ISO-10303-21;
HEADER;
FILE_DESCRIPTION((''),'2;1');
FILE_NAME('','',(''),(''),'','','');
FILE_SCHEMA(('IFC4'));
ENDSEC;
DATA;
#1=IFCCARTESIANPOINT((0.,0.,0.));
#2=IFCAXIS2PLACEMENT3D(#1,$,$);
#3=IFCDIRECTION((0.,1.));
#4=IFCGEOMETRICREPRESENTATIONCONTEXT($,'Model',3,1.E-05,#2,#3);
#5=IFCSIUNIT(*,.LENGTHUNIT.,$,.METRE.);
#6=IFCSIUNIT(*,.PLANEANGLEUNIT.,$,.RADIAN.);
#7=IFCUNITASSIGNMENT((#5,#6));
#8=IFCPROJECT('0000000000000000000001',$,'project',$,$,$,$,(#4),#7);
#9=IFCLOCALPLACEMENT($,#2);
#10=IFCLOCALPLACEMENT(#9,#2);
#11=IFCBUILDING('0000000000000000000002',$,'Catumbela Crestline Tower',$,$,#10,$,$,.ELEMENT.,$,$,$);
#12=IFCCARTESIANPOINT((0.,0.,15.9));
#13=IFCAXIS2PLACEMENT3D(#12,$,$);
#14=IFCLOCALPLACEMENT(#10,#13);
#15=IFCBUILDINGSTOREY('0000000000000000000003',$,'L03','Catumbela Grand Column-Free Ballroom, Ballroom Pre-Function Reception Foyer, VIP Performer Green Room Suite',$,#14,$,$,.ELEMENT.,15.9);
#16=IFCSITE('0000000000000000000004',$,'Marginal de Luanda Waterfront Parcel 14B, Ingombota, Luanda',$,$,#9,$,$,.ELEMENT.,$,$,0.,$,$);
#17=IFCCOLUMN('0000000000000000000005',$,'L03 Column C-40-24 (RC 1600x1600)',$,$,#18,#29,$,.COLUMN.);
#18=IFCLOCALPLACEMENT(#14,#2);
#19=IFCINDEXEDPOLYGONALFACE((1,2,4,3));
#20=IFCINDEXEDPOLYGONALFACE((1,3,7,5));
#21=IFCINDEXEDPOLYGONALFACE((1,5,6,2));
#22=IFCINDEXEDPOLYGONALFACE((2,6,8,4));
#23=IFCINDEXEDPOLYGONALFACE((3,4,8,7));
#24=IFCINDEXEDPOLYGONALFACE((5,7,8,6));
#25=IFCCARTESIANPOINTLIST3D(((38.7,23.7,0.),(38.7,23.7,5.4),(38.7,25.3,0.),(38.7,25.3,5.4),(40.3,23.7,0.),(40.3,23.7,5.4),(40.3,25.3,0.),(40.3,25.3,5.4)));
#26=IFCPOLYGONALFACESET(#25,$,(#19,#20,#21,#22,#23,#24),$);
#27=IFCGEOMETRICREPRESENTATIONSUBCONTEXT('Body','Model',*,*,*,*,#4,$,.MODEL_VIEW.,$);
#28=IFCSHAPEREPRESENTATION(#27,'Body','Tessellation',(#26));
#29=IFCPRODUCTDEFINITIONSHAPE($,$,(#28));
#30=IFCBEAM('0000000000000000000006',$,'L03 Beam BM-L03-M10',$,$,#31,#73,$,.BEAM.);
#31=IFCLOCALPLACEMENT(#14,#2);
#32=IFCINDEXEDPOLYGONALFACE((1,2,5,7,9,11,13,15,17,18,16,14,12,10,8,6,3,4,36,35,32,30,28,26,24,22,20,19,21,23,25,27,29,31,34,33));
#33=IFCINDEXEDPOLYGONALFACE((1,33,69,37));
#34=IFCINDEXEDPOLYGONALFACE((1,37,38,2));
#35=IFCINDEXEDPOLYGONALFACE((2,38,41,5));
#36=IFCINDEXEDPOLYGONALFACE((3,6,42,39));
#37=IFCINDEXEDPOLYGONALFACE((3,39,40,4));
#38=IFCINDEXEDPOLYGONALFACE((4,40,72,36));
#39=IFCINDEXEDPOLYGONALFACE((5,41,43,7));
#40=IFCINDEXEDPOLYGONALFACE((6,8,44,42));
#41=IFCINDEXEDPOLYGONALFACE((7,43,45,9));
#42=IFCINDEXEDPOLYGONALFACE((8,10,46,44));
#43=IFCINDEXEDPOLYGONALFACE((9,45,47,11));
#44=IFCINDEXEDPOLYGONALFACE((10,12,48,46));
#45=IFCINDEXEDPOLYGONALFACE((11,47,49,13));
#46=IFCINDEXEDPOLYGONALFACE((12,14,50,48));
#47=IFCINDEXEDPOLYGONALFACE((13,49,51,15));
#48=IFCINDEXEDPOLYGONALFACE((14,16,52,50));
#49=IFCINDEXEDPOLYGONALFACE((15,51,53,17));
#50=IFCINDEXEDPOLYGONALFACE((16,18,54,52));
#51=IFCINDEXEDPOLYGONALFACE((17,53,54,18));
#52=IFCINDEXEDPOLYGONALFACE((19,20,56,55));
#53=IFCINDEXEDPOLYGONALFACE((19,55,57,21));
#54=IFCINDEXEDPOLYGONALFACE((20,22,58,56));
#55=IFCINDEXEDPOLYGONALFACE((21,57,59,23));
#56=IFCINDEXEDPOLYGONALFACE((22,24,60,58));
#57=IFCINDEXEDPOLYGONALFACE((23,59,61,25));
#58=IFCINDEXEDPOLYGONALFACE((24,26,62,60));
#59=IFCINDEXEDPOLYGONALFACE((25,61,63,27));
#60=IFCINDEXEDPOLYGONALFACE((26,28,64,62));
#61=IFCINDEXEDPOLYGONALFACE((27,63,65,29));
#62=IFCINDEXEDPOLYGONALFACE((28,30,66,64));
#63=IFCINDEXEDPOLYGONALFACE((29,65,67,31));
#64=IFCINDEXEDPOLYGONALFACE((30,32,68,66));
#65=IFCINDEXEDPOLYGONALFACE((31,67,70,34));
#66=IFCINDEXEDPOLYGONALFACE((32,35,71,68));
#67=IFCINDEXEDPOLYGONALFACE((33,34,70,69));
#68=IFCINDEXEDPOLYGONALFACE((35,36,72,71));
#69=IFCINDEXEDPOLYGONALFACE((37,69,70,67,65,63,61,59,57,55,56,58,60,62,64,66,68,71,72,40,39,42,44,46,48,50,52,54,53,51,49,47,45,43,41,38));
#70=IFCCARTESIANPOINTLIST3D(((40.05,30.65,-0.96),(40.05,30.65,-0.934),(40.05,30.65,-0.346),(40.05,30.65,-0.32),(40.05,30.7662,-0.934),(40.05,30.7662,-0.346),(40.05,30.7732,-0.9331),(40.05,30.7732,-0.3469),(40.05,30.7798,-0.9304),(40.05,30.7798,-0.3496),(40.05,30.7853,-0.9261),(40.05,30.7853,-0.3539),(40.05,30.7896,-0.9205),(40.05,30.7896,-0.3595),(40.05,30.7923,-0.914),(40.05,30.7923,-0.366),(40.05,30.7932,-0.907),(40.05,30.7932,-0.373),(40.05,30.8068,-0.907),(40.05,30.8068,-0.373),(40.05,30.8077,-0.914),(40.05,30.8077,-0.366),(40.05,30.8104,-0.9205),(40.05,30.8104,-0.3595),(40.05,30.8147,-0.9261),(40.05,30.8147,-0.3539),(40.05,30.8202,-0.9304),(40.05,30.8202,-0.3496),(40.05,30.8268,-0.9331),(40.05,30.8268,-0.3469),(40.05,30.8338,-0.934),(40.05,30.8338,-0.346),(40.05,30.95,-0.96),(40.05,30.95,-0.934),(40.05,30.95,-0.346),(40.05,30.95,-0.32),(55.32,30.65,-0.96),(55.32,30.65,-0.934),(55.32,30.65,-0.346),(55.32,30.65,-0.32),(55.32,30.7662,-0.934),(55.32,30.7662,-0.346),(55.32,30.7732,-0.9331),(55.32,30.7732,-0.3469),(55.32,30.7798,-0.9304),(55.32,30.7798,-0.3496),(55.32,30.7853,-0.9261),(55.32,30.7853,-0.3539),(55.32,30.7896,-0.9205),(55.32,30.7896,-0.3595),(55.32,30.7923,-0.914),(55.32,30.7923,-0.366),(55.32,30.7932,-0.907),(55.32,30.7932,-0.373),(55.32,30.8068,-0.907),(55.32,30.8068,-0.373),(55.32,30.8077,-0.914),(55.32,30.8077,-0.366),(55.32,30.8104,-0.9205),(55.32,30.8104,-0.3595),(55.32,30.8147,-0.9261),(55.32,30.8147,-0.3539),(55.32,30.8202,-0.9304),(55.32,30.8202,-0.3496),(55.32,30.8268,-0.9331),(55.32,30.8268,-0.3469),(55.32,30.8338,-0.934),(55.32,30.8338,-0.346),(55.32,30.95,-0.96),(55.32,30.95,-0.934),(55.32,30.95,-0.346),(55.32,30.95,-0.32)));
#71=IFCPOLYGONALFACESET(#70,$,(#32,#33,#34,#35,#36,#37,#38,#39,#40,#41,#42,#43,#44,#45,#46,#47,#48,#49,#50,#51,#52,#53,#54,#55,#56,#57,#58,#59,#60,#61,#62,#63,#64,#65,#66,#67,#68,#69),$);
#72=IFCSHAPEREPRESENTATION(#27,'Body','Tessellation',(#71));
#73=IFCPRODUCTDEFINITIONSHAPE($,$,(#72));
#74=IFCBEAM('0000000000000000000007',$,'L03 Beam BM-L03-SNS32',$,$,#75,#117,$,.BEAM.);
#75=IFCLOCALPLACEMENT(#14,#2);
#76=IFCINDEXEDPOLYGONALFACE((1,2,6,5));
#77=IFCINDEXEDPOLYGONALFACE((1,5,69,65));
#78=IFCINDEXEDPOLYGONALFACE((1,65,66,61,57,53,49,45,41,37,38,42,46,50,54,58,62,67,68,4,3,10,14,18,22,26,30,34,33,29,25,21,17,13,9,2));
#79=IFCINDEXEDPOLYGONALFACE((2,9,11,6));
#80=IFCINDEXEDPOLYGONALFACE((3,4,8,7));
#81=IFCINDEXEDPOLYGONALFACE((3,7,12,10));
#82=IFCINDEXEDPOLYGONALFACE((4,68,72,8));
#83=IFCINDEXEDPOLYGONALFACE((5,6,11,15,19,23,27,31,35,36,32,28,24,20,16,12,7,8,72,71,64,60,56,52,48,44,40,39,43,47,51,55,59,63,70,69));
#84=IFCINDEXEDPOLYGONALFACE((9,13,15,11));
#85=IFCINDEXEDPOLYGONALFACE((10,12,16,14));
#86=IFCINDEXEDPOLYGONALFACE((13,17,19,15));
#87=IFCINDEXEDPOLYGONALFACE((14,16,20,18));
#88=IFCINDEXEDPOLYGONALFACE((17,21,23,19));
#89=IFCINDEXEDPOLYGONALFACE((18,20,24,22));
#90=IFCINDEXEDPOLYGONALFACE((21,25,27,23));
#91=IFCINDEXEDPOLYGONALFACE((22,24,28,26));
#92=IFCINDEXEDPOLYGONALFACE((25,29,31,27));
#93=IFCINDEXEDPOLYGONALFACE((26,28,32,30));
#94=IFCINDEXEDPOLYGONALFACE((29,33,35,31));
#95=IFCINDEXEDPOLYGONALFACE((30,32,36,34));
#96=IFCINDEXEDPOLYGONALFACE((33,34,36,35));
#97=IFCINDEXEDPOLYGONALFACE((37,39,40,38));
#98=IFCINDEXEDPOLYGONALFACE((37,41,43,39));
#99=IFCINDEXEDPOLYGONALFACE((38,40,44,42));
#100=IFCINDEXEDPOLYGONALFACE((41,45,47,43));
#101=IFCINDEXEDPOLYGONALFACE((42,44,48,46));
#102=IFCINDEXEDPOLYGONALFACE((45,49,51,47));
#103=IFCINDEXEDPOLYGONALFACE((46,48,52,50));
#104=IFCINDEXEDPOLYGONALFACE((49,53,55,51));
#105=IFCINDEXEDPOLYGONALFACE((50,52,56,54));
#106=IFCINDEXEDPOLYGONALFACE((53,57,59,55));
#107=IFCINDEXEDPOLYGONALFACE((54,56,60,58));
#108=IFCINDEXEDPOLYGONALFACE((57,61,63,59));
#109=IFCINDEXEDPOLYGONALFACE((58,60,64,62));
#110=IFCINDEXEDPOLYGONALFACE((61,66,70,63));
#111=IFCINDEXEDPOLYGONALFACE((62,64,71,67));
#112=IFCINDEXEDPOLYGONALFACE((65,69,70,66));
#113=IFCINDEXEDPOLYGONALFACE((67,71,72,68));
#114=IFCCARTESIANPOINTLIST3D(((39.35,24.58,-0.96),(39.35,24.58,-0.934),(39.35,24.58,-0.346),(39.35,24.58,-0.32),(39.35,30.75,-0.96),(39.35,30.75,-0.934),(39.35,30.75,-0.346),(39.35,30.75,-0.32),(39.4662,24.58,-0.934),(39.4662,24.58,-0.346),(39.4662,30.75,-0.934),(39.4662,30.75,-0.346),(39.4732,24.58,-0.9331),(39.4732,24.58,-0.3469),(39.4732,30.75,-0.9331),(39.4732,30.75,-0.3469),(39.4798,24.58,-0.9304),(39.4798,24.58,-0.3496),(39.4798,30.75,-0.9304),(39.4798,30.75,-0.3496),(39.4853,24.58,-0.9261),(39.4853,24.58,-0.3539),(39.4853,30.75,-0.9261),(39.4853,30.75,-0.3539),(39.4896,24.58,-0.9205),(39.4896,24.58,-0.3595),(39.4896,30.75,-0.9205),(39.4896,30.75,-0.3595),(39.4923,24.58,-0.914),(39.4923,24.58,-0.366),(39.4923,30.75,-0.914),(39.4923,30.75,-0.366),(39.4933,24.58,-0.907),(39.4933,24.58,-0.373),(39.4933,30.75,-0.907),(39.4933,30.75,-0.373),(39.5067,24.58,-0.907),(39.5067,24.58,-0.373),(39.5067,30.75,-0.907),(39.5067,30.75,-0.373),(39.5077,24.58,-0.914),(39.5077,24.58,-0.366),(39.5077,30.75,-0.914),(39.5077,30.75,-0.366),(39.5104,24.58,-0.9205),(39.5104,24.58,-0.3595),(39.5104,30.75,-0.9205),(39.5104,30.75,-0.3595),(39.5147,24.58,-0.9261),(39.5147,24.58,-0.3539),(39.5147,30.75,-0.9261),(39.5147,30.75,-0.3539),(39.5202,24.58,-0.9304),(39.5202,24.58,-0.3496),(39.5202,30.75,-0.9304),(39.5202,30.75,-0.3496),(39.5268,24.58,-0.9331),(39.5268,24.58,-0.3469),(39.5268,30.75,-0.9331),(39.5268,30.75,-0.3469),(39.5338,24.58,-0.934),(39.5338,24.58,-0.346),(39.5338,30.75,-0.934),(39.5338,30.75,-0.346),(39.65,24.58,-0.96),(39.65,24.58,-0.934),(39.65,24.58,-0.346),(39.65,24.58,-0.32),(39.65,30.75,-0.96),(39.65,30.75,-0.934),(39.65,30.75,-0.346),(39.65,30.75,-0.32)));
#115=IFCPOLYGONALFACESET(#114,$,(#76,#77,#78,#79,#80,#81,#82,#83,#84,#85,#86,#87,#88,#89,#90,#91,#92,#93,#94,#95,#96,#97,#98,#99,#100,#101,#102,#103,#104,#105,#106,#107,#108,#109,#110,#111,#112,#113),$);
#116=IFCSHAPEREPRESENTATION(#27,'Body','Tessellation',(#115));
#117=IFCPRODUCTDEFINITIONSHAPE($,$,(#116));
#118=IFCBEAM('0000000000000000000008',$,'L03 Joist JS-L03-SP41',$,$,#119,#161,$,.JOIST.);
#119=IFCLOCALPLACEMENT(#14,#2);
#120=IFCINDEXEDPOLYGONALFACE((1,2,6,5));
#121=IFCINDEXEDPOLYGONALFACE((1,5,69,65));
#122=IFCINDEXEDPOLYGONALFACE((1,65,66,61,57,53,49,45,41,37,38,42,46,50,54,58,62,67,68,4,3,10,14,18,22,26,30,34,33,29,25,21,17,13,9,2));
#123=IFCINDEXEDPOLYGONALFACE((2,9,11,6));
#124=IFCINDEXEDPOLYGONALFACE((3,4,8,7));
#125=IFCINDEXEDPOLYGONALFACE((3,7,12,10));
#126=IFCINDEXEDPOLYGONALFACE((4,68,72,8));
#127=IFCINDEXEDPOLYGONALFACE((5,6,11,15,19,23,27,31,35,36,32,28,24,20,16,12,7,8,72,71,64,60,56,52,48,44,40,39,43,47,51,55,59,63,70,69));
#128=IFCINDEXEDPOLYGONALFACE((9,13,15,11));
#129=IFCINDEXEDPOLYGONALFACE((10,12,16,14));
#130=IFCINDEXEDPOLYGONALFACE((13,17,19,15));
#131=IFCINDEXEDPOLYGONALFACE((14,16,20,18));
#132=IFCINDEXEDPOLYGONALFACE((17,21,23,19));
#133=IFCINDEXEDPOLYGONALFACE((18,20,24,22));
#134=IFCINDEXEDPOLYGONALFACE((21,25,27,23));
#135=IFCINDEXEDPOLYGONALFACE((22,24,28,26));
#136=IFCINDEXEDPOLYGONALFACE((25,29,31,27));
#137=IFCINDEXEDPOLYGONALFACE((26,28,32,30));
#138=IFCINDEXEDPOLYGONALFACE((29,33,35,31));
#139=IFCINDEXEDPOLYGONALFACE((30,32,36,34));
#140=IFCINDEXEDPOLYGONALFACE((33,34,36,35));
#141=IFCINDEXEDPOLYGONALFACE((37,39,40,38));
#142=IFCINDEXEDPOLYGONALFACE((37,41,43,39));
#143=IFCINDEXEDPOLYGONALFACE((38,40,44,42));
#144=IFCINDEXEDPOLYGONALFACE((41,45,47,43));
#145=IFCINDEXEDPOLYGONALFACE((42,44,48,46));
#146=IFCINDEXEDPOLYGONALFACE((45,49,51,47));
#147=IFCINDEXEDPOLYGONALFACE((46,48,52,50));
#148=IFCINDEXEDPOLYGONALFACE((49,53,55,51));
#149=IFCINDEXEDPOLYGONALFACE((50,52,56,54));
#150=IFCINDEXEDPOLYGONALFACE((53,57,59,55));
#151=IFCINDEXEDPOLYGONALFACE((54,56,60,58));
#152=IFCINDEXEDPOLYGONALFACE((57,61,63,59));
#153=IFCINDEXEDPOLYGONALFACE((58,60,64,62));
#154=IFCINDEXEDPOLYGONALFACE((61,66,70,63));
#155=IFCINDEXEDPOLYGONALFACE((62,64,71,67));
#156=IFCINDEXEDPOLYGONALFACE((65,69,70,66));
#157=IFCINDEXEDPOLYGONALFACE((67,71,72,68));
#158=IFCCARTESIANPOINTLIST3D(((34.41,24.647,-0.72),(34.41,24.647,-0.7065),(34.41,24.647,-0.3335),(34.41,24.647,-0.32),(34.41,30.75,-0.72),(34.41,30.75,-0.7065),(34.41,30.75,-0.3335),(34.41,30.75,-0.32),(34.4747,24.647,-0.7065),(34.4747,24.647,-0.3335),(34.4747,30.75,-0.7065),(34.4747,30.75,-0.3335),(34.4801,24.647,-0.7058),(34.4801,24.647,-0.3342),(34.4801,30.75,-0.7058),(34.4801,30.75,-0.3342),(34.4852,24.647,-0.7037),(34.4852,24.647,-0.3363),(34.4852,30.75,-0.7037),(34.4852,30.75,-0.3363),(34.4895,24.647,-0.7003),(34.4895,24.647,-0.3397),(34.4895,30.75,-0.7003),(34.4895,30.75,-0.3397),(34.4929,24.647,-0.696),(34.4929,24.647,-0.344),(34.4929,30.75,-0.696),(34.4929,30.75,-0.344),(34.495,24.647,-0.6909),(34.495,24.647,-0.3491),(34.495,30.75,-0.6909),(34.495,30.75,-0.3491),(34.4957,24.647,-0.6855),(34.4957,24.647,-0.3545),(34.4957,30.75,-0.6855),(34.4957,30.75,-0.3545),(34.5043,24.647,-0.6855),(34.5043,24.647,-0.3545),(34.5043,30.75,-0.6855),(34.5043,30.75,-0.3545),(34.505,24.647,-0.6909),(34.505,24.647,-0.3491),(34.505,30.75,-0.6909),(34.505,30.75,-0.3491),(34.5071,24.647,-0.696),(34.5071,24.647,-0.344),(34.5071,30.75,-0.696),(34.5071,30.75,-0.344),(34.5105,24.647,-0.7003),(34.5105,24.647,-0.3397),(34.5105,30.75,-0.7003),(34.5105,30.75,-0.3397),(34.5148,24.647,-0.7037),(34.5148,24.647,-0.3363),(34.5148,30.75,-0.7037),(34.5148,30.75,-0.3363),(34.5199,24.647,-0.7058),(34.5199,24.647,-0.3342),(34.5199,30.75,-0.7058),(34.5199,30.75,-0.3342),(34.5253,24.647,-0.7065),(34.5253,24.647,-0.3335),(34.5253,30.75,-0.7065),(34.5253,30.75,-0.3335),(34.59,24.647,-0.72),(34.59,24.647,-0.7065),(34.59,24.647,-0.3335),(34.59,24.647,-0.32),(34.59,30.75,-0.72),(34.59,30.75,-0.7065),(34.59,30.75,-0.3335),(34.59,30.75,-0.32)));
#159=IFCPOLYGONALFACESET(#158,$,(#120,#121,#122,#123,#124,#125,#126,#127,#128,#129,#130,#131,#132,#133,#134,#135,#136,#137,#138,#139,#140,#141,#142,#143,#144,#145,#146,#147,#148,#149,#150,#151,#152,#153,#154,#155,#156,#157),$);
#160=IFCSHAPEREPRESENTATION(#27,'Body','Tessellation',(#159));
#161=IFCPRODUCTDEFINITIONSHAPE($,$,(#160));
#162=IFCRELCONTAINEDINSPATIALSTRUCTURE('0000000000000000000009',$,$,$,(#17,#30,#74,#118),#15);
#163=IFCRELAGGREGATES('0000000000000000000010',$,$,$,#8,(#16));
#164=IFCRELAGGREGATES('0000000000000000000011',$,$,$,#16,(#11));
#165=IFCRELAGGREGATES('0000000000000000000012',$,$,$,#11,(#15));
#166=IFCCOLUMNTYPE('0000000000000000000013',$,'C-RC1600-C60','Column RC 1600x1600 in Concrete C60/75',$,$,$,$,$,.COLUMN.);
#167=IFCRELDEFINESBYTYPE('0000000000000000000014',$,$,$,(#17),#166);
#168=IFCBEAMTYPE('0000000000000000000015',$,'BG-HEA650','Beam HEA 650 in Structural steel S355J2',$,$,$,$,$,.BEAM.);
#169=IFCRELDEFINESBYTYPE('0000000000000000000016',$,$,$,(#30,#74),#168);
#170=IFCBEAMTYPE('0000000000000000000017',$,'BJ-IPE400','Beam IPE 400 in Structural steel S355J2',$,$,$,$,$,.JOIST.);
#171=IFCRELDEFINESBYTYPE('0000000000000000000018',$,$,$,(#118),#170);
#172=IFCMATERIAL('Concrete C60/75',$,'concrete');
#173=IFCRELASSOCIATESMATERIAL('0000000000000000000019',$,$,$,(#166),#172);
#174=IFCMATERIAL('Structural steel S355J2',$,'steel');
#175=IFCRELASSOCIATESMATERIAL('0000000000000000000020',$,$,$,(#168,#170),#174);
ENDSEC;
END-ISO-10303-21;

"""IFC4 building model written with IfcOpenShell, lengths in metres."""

from ifc_helpers import new_model, si_unit, direction, frame, origin, origin_2d, place, context, subcontext, project, spatial, rectangle, i_section, extrude, material, material_profile, profile_set, type_object, element, save


model = new_model("IFC4")

# Units and contexts
model_context = context("Model", 3, precision=1e-05, world=origin(), true_north=direction((0.0, 1.0)))
body_context = subcontext(model_context, "Body", "Model", "MODEL_VIEW")
ifc_project = project(units=[si_unit("LENGTHUNIT", "METRE"), si_unit("PLANEANGLEUNIT", "RADIAN")], contexts=[model_context])

# Site, building, storey
site_placement = place(None, origin())
site = spatial("IfcSite", under=ifc_project, at=site_placement, Name="Marginal de Luanda Waterfront Parcel 14B, Ingombota, Luanda", CompositionType="ELEMENT", RefElevation=0.0)
building_placement = place(site_placement, origin())
building = spatial("IfcBuilding", under=site, at=building_placement, Name="Catumbela Crestline Tower", CompositionType="ELEMENT")
storey_placement = place(building_placement, frame((0.0, 0.0, 15.9)))
storey = spatial("IfcBuildingStorey", under=building, at=storey_placement, Name="L03", Description="Catumbela Grand Column-Free Ballroom, Ballroom Pre-Function Reception Foyer, VIP Performer Green Room Suite", CompositionType="ELEMENT", Elevation=15.9)

# Column
ifc_material_1 = material(Name="Concrete C60/75", Category="concrete")
ifc_material_profile_1 = material_profile(ifc_material_1, rectangle(XDim=1.6, YDim=1.6, at=origin_2d()), Name="RC 1600x1600")
ifc_profile_set_1 = profile_set([ifc_material_profile_1], Name="Concrete C60/75")
column_type = type_object("IfcColumnType", Name="C-RC1600-C60", Description="Column RC 1600x1600 in Concrete C60/75", PredefinedType="COLUMN", material=ifc_profile_set_1)
column_placement = place(storey_placement, frame((39.5, 24.5, 0.0), z_axis=(0.0, 0.0, 1.0), x_axis=(1.0, 0.0, 0.0)))
element("IfcColumn", 1, at=column_placement, inside=storey, type_object=column_type, Name="L03 Column C-40-24 (RC 1600x1600)", PredefinedType="COLUMN", context=body_context, shape_type="SweptSolid", body=[
    extrude(rectangle(XDim=1.6, YDim=1.6, at=origin_2d()), origin(), (0.0, 0.0, 1.0), 5.4),
])

# Beams
ifc_material_2 = material(Name="Structural steel S355J2", Category="steel")
ifc_material_profile_2 = material_profile(ifc_material_2, i_section(OverallWidth=0.3, OverallDepth=0.64, WebThickness=0.0135, FlangeThickness=0.026, FilletRadius=0.027, at=origin_2d()), Name="HEA 650")
ifc_profile_set_2 = profile_set([ifc_material_profile_2], Name="Structural steel S355J2")
beam_type_1 = type_object("IfcBeamType", Name="BG-HEA650", Description="Beam HEA 650 in Structural steel S355J2", PredefinedType="BEAM", material=ifc_profile_set_2)
beam_1_placement = place(storey_placement, frame((40.05, 30.8, -0.64), z_axis=(1.0, 0.0, 0.0), x_axis=(0.0, 1.0, 0.0)))
element("IfcBeam", 2, at=beam_1_placement, inside=storey, type_object=beam_type_1, Name="L03 Beam BM-L03-M10", PredefinedType="BEAM", context=body_context, shape_type="SweptSolid", body=[
    extrude(i_section(OverallWidth=0.3, OverallDepth=0.64, WebThickness=0.0135, FlangeThickness=0.026, FilletRadius=0.027, at=origin_2d()), origin(), (0.0, 0.0, 1.0), 15.27),
])
beam_2_placement = place(storey_placement, frame((39.5, 24.58, -0.64), z_axis=(0.0, 1.0, 0.0), x_axis=(-1.0, 0.0, 0.0)))
element("IfcBeam", 3, at=beam_2_placement, inside=storey, type_object=beam_type_1, Name="L03 Beam BM-L03-SNS32", PredefinedType="BEAM", context=body_context, shape_type="SweptSolid", body=[
    extrude(i_section(OverallWidth=0.3, OverallDepth=0.64, WebThickness=0.0135, FlangeThickness=0.026, FilletRadius=0.027, at=origin_2d()), origin(), (0.0, 0.0, 1.0), 6.17),
])
ifc_material_profile_3 = material_profile(ifc_material_2, i_section(OverallWidth=0.18, OverallDepth=0.4, WebThickness=0.0086, FlangeThickness=0.0135, FilletRadius=0.021, at=origin_2d()), Name="IPE 400")
ifc_profile_set_3 = profile_set([ifc_material_profile_3], Name="Structural steel S355J2")
beam_type_2 = type_object("IfcBeamType", Name="BJ-IPE400", Description="Beam IPE 400 in Structural steel S355J2", PredefinedType="JOIST", material=ifc_profile_set_3)
for number, where, z_axis, x_axis, name in (
    (4, (34.5, 24.647, -0.52), (0.0, 1.0, 0.0), (-1.0, 0.0, 0.0), "L03 Joist JS-L03-SP41"),
):
    element("IfcBeam", number, at=place(storey_placement, frame(where, z_axis=z_axis, x_axis=x_axis)), inside=storey, type_object=beam_type_2, Name=name, PredefinedType="JOIST", context=body_context, shape_type="SweptSolid", body=[
        extrude(i_section(OverallWidth=0.18, OverallDepth=0.4, WebThickness=0.0086, FlangeThickness=0.0135, FilletRadius=0.021, at=origin_2d()), origin(), (0.0, 0.0, 1.0), 6.103),
    ])

save(model, "model.ifc")
